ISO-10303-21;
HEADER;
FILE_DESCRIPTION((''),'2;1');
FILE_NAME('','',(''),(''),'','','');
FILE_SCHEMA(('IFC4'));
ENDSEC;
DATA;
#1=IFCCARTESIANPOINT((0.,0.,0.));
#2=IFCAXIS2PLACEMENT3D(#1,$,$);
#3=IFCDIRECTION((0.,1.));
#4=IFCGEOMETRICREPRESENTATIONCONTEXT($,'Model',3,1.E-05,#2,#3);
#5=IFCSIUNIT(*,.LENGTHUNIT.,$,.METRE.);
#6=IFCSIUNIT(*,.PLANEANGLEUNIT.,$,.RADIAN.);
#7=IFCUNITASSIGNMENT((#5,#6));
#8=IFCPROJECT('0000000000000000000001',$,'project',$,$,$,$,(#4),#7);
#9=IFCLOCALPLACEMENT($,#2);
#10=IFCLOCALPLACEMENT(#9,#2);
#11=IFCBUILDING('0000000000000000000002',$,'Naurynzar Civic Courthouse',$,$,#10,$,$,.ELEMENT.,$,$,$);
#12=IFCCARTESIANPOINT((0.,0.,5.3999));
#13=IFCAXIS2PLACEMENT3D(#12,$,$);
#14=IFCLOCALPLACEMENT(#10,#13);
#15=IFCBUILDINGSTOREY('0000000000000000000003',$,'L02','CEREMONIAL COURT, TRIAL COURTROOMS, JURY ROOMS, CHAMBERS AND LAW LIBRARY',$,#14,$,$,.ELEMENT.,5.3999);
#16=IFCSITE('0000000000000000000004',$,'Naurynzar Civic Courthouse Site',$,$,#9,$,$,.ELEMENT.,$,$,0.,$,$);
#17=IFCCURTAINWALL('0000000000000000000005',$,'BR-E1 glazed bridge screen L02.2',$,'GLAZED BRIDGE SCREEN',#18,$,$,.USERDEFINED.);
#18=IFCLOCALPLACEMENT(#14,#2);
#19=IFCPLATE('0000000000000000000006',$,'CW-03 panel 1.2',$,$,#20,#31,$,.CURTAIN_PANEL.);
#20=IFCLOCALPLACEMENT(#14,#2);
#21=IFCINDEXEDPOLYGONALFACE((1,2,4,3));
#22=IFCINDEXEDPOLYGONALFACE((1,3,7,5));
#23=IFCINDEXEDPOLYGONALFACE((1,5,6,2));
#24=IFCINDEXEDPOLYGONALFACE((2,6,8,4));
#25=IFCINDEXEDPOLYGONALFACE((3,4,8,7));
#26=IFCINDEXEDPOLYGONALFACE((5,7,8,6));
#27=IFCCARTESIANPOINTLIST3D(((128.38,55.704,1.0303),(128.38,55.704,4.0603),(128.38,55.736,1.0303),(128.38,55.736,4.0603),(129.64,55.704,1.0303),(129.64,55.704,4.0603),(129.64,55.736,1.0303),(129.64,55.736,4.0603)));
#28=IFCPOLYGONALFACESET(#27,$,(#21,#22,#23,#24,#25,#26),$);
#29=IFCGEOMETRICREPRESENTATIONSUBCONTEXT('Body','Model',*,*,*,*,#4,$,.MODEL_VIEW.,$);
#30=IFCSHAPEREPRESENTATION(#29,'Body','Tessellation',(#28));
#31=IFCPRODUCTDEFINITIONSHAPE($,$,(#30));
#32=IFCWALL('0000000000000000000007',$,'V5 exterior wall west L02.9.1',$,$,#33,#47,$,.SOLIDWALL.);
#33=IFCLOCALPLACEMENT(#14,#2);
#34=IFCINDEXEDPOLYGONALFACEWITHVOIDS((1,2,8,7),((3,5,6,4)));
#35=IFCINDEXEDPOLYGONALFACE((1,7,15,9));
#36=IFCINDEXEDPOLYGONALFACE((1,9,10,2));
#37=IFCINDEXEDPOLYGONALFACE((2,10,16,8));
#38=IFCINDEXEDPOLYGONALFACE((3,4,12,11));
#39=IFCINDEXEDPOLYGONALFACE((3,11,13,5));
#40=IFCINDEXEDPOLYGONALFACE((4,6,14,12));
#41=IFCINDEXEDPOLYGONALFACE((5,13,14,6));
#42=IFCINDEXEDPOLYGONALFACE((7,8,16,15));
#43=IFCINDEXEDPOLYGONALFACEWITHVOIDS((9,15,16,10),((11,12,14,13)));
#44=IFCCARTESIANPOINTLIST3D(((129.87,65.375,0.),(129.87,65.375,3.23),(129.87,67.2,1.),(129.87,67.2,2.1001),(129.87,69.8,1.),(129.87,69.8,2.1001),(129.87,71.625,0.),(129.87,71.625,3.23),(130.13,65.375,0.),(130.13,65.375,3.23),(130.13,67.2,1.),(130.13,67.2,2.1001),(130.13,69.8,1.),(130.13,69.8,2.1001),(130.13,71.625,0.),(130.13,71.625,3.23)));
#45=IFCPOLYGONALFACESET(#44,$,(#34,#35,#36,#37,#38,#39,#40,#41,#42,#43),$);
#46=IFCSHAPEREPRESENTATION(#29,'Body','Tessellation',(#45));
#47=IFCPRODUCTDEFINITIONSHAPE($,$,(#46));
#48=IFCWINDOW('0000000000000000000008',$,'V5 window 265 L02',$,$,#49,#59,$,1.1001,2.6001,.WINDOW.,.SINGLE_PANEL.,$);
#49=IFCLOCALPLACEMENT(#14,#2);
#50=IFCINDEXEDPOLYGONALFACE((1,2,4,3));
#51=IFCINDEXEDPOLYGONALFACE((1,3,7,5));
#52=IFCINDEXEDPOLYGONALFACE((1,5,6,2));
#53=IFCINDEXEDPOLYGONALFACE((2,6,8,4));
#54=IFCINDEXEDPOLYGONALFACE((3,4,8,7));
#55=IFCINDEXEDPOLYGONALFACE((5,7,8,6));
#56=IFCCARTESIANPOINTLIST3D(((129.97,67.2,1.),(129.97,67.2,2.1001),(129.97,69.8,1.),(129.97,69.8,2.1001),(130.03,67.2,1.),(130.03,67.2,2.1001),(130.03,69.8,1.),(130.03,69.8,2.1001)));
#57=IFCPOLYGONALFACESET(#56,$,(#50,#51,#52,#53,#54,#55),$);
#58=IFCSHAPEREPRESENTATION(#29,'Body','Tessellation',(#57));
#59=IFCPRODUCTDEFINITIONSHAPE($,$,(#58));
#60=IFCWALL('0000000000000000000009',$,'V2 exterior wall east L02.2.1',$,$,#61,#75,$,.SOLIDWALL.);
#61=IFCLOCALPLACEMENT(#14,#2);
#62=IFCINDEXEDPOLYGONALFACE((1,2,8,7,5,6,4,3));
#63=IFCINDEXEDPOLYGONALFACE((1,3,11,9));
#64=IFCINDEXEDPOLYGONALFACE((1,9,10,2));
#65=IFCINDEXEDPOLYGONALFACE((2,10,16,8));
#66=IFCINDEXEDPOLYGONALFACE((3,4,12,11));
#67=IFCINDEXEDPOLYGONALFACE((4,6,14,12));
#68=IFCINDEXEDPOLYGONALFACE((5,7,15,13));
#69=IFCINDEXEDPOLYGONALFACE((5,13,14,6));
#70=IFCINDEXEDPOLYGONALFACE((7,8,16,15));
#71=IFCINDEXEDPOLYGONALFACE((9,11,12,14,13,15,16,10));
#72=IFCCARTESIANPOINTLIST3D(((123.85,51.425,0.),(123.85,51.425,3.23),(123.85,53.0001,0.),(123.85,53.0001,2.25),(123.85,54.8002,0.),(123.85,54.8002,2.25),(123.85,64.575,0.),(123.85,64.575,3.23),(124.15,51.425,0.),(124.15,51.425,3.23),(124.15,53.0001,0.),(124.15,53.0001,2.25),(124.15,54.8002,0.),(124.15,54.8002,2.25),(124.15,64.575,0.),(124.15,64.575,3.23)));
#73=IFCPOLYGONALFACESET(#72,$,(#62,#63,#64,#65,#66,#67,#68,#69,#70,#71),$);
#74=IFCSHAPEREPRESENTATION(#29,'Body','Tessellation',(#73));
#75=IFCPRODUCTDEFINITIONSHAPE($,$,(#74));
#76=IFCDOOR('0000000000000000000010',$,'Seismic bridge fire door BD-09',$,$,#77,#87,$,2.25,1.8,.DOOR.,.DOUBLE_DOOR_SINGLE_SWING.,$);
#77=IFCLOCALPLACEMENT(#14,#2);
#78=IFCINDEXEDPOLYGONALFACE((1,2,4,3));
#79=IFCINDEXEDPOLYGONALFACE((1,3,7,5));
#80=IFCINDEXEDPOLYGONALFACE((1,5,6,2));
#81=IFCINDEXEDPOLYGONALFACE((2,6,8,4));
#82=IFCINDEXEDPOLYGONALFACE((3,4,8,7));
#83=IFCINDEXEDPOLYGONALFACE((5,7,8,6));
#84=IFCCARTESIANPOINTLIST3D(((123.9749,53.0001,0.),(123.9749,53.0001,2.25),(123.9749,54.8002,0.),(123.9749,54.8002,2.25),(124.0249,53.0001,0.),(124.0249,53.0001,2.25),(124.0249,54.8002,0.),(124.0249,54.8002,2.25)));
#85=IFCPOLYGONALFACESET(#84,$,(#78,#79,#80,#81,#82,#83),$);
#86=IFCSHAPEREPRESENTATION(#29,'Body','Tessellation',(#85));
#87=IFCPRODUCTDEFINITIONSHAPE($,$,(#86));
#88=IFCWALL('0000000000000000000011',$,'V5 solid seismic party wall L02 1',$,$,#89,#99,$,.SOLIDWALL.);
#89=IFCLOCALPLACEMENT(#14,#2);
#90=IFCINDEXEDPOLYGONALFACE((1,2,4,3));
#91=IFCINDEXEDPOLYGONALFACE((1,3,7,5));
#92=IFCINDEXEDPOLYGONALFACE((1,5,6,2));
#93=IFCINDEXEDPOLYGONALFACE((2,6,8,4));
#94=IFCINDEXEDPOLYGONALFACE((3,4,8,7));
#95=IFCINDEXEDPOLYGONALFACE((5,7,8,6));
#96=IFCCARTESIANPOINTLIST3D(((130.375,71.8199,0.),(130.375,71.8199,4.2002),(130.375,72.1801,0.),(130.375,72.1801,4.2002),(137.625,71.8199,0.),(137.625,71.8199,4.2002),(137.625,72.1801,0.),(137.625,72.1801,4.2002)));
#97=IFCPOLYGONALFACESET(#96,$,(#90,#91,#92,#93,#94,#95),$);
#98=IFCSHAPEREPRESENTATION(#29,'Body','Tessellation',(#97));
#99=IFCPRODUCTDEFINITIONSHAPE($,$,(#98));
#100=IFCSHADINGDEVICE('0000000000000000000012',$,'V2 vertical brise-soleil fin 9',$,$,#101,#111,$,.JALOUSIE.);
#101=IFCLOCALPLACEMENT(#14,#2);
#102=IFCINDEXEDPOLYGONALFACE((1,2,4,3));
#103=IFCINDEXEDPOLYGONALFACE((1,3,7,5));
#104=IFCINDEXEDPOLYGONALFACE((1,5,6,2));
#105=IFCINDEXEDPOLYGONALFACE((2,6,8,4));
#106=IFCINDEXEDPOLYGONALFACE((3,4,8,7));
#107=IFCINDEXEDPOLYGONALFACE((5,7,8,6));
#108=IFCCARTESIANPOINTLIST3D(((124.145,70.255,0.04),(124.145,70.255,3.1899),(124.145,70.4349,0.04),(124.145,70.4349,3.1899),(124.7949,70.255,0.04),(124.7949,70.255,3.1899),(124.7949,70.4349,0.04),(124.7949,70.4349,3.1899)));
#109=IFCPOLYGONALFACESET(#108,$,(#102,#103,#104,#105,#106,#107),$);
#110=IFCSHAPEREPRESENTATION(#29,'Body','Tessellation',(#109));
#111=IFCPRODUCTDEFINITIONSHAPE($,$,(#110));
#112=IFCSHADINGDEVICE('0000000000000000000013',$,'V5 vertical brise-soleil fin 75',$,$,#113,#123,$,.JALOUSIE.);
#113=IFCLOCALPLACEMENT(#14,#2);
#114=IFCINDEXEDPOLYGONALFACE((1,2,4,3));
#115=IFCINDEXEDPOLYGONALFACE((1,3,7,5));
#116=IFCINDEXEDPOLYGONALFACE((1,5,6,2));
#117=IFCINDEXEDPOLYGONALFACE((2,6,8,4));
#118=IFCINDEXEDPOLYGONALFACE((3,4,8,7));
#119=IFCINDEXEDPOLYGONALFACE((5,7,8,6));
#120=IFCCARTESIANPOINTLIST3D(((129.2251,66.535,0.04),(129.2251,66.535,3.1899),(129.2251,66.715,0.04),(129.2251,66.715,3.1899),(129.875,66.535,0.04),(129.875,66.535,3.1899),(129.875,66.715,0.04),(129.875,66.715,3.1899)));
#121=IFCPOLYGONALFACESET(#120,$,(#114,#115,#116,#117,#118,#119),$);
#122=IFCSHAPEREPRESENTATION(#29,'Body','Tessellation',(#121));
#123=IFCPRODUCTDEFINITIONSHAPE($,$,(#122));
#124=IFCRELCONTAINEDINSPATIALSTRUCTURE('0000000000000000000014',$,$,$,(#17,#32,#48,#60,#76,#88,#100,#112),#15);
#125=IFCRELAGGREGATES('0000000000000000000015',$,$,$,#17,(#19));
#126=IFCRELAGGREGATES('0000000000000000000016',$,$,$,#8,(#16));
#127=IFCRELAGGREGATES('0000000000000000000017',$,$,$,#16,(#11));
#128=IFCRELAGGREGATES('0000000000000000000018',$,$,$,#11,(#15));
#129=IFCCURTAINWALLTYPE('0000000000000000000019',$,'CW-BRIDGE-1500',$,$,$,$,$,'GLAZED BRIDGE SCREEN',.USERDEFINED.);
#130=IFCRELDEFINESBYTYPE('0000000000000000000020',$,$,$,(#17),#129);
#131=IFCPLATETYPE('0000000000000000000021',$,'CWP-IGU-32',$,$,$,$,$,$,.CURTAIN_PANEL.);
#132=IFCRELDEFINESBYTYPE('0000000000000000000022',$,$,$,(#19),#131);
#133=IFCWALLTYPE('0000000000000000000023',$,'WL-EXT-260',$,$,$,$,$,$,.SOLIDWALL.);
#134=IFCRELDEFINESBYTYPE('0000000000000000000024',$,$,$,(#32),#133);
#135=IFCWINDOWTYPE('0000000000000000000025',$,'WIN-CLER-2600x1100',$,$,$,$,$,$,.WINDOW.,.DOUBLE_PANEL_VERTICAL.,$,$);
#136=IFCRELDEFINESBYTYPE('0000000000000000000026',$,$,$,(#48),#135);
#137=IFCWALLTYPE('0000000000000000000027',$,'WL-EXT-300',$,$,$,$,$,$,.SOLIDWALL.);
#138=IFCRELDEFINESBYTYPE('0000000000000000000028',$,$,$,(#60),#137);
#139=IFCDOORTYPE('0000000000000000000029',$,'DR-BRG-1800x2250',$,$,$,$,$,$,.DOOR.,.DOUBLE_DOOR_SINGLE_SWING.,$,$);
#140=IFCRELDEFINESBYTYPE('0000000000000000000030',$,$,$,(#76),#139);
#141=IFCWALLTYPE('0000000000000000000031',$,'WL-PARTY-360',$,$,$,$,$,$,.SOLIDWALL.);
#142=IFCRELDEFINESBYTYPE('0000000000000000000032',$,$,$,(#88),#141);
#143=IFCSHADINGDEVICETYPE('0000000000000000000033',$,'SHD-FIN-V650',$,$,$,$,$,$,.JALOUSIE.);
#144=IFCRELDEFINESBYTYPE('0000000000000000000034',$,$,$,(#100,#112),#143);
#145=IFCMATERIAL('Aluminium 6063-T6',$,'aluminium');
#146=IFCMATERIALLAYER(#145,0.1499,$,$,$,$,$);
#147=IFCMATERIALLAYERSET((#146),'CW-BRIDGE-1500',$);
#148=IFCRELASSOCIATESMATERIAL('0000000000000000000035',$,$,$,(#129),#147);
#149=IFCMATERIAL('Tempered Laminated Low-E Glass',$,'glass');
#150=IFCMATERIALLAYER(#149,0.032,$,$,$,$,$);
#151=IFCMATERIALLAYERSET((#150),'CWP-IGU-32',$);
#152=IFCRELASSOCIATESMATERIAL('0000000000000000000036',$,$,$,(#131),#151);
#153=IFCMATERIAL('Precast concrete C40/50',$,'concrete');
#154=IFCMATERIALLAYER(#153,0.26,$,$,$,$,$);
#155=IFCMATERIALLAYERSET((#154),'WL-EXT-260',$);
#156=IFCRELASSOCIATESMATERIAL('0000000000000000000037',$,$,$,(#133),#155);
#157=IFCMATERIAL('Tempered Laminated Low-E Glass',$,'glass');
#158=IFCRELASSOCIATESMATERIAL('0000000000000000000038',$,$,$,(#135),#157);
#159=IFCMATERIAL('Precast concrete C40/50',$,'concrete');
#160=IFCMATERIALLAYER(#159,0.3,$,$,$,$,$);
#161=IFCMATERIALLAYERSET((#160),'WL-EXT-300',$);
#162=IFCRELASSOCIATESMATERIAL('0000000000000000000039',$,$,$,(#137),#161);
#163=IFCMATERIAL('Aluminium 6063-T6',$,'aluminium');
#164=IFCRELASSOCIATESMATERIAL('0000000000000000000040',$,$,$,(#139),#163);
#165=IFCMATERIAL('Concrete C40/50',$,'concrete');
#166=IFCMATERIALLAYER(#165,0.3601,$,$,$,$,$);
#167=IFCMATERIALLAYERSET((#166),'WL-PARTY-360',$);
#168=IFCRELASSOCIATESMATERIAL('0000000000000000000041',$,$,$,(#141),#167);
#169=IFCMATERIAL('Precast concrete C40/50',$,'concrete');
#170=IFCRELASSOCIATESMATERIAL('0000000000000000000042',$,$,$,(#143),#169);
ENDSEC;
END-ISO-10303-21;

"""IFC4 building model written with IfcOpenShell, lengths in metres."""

from ifc_helpers import new_model, si_unit, direction, frame, frame_2d, origin, origin_2d, place, context, subcontext, project, spatial, rectangle, extrude, material, layer, layer_set, type_object, element, fill, aggregate, save


model = new_model("IFC4")

# Units and contexts
model_context = context("Model", 3, precision=1e-05, world=origin(), true_north=direction((0.0, 1.0)))
body_context = subcontext(model_context, "Body", "Model", "MODEL_VIEW")
ifc_project = project(units=[si_unit("LENGTHUNIT", "METRE"), si_unit("PLANEANGLEUNIT", "RADIAN")], contexts=[model_context])

# Site, building, storey
site_placement = place(None, origin())
site = spatial("IfcSite", under=ifc_project, at=site_placement, Name="Naurynzar Civic Courthouse Site", CompositionType="ELEMENT", RefElevation=0.0)
building_placement = place(site_placement, origin())
building = spatial("IfcBuilding", under=site, at=building_placement, Name="Naurynzar Civic Courthouse", CompositionType="ELEMENT")
storey_placement = place(building_placement, frame((0.0, 0.0, 5.3999)))
storey = spatial("IfcBuildingStorey", under=building, at=storey_placement, Name="L02", Description="CEREMONIAL COURT, TRIAL COURTROOMS, JURY ROOMS, CHAMBERS AND LAW LIBRARY", CompositionType="ELEMENT", Elevation=5.3999)

# Curtain wall, plate
ifc_material_1 = material(Name="Aluminium 6063-T6", Category="aluminium")
ifc_layer_1 = layer(ifc_material_1, 0.1499)
ifc_layer_set_1 = layer_set([ifc_layer_1], Name="CW-BRIDGE-1500")
curtain_wall_type = type_object("IfcCurtainWallType", Name="CW-BRIDGE-1500", ElementType="GLAZED BRIDGE SCREEN", PredefinedType="USERDEFINED", material=ifc_layer_set_1)
curtain_wall_placement = place(storey_placement, origin())
curtain_wall = element("IfcCurtainWall", 1, at=curtain_wall_placement, inside=storey, type_object=curtain_wall_type, Name="BR-E1 glazed bridge screen L02.2", ObjectType="GLAZED BRIDGE SCREEN", PredefinedType="USERDEFINED")
ifc_material_2 = material(Name="Tempered Laminated Low-E Glass", Category="glass")
ifc_layer_2 = layer(ifc_material_2, 0.032)
ifc_layer_set_2 = layer_set([ifc_layer_2], Name="CWP-IGU-32")
plate_type = type_object("IfcPlateType", Name="CWP-IGU-32", PredefinedType="CURTAIN_PANEL", material=ifc_layer_set_2)
plate_1_placement = place(storey_placement, frame((129.01, 55.72, 1.0303), z_axis=(0.0, 0.0, 1.0), x_axis=(-1.0, 0.0, 0.0)))
plate_1 = element("IfcPlate", 2, at=plate_1_placement, type_object=plate_type, Name="CW-03 panel 1.2", PredefinedType="CURTAIN_PANEL", context=body_context, shape_type="SweptSolid", body=[
    extrude(rectangle(XDim=1.26, YDim=0.032, at=origin_2d()), origin(), (0.0, 0.0, 1.0), 3.03),
])
aggregate(curtain_wall, [plate_1])

# Wall, opening, window
ifc_material_3 = material(Name="Precast concrete C40/50", Category="concrete")
ifc_layer_3 = layer(ifc_material_3, 0.26)
ifc_layer_set_3 = layer_set([ifc_layer_3], Name="WL-EXT-260")
wall_type_1 = type_object("IfcWallType", Name="WL-EXT-260", PredefinedType="SOLIDWALL", material=ifc_layer_set_3)
wall_1_placement = place(storey_placement, frame((130.0, 65.375, 0.0), z_axis=(0.0, 0.0, 1.0), x_axis=(0.0, 1.0, 0.0)))
wall_1 = element("IfcWall", 3, at=wall_1_placement, inside=storey, type_object=wall_type_1, Name="V5 exterior wall west L02.9.1", PredefinedType="SOLIDWALL", context=body_context, shape_type="SweptSolid", body=[
    extrude(rectangle(XDim=6.25, YDim=0.26, at=frame_2d((3.125, 0.0))), origin(), (0.0, 0.0, 1.0), 3.23),
])
opening_1_placement = place(wall_1_placement, frame((1.825, 0.0, 1.0)))
opening_1 = element("IfcOpeningElement", 4, at=opening_1_placement, cuts=wall_1, PredefinedType="OPENING", context=body_context, shape_type="SweptSolid", body=[
    extrude(rectangle(XDim=2.6001, YDim=1.1001, at=frame_2d((1.3, 0.55))), frame((0.0, 0.1399, 0.0), z_axis=(0.0, -1.0, 0.0), x_axis=(1.0, 0.0, 0.0)), (0.0, 0.0, 1.0), 0.28),
])
ifc_material_4 = material(Name="Tempered Laminated Low-E Glass", Category="glass")
window_type = type_object("IfcWindowType", Name="WIN-CLER-2600x1100", PartitioningType="DOUBLE_PANEL_VERTICAL", PredefinedType="WINDOW", material=ifc_material_4)
window_placement = place(opening_1_placement, origin())
window = element("IfcWindow", 5, at=window_placement, inside=storey, type_object=window_type, Name="V5 window 265 L02", OverallHeight=1.1001, OverallWidth=2.6001, PartitioningType="SINGLE_PANEL", PredefinedType="WINDOW", context=body_context, shape_type="SweptSolid", body=[
    extrude(rectangle(XDim=2.6001, YDim=1.1001, at=frame_2d((1.3, 0.55))), frame((0.0, 0.03, 0.0), z_axis=(0.0, -1.0, 0.0), x_axis=(1.0, 0.0, 0.0)), (0.0, 0.0, 1.0), 0.0601),
])
fill(opening_1, window)

# Wall, opening, door
ifc_material_5 = material(Name="Precast concrete C40/50", Category="concrete")
ifc_layer_4 = layer(ifc_material_5, 0.3)
ifc_layer_set_4 = layer_set([ifc_layer_4], Name="WL-EXT-300")
wall_type_2 = type_object("IfcWallType", Name="WL-EXT-300", PredefinedType="SOLIDWALL", material=ifc_layer_set_4)
wall_2_placement = place(storey_placement, frame((124.0, 64.575, 0.0), z_axis=(0.0, 0.0, 1.0), x_axis=(0.0, -1.0, 0.0)))
wall_2 = element("IfcWall", 6, at=wall_2_placement, inside=storey, type_object=wall_type_2, Name="V2 exterior wall east L02.2.1", PredefinedType="SOLIDWALL", context=body_context, shape_type="SweptSolid", body=[
    extrude(rectangle(XDim=13.1499, YDim=0.3, at=frame_2d((6.575, 0.0))), origin(), (0.0, 0.0, 1.0), 3.23),
])
opening_2_placement = place(wall_2_placement, frame((9.7749, 0.0, 0.0)))
opening_2 = element("IfcOpeningElement", 7, at=opening_2_placement, cuts=wall_2, PredefinedType="OPENING", context=body_context, shape_type="SweptSolid", body=[
    extrude(rectangle(XDim=1.8, YDim=2.25, at=frame_2d((0.8999, 1.125))), frame((0.0, 0.1599, 0.0), z_axis=(0.0, -1.0, 0.0), x_axis=(1.0, 0.0, 0.0)), (0.0, 0.0, 1.0), 0.3201),
])
ifc_material_6 = material(Name="Aluminium 6063-T6", Category="aluminium")
door_type = type_object("IfcDoorType", Name="DR-BRG-1800x2250", OperationType="DOUBLE_DOOR_SINGLE_SWING", PredefinedType="DOOR", material=ifc_material_6)
door_placement = place(opening_2_placement, origin())
door = element("IfcDoor", 8, at=door_placement, inside=storey, type_object=door_type, Name="Seismic bridge fire door BD-09", OperationType="DOUBLE_DOOR_SINGLE_SWING", OverallHeight=2.25, OverallWidth=1.8, PredefinedType="DOOR", context=body_context, shape_type="SweptSolid", body=[
    extrude(rectangle(XDim=1.8, YDim=2.25, at=frame_2d((0.8999, 1.125))), frame((0.0, 0.0249, 0.0), z_axis=(0.0, -1.0, 0.0), x_axis=(1.0, 0.0, 0.0)), (0.0, 0.0, 1.0), 0.05),
])
fill(opening_2, door)

# Wall
ifc_material_7 = material(Name="Concrete C40/50", Category="concrete")
ifc_layer_5 = layer(ifc_material_7, 0.3601)
ifc_layer_set_5 = layer_set([ifc_layer_5], Name="WL-PARTY-360")
wall_type_3 = type_object("IfcWallType", Name="WL-PARTY-360", PredefinedType="SOLIDWALL", material=ifc_layer_set_5)
wall_3_placement = place(storey_placement, frame((130.375, 72.0, 0.0), z_axis=(0.0, 0.0, 1.0), x_axis=(1.0, 0.0, 0.0)))
element("IfcWall", 9, at=wall_3_placement, inside=storey, type_object=wall_type_3, Name="V5 solid seismic party wall L02 1", PredefinedType="SOLIDWALL", context=body_context, shape_type="SweptSolid", body=[
    extrude(rectangle(XDim=7.25, YDim=0.3601, at=frame_2d((3.625, 0.0))), origin(), (0.0, 0.0, 1.0), 4.2002),
])

# Shading devices
ifc_material_8 = material(Name="Precast concrete C40/50", Category="concrete")
shading_device_type = type_object("IfcShadingDeviceType", Name="SHD-FIN-V650", PredefinedType="JALOUSIE", material=ifc_material_8)
for number, where, z_axis, x_axis, name in (
    (10, (124.47, 70.345, 0.04), (0.0, 0.0, 1.0), (0.0, -1.0, 0.0), "V2 vertical brise-soleil fin 9"),
    (11, (129.55, 66.625, 0.04), (0.0, 0.0, 1.0), (0.0, 1.0, 0.0), "V5 vertical brise-soleil fin 75"),
):
    element("IfcShadingDevice", number, at=place(storey_placement, frame(where, z_axis=z_axis, x_axis=x_axis)), inside=storey, type_object=shading_device_type, Name=name, PredefinedType="JALOUSIE", context=body_context, shape_type="SweptSolid", body=[
        extrude(rectangle(XDim=0.1799, YDim=0.6499, at=origin_2d()), origin(), (0.0, 0.0, 1.0), 3.1499),
    ])

save(model, "model.ifc")
